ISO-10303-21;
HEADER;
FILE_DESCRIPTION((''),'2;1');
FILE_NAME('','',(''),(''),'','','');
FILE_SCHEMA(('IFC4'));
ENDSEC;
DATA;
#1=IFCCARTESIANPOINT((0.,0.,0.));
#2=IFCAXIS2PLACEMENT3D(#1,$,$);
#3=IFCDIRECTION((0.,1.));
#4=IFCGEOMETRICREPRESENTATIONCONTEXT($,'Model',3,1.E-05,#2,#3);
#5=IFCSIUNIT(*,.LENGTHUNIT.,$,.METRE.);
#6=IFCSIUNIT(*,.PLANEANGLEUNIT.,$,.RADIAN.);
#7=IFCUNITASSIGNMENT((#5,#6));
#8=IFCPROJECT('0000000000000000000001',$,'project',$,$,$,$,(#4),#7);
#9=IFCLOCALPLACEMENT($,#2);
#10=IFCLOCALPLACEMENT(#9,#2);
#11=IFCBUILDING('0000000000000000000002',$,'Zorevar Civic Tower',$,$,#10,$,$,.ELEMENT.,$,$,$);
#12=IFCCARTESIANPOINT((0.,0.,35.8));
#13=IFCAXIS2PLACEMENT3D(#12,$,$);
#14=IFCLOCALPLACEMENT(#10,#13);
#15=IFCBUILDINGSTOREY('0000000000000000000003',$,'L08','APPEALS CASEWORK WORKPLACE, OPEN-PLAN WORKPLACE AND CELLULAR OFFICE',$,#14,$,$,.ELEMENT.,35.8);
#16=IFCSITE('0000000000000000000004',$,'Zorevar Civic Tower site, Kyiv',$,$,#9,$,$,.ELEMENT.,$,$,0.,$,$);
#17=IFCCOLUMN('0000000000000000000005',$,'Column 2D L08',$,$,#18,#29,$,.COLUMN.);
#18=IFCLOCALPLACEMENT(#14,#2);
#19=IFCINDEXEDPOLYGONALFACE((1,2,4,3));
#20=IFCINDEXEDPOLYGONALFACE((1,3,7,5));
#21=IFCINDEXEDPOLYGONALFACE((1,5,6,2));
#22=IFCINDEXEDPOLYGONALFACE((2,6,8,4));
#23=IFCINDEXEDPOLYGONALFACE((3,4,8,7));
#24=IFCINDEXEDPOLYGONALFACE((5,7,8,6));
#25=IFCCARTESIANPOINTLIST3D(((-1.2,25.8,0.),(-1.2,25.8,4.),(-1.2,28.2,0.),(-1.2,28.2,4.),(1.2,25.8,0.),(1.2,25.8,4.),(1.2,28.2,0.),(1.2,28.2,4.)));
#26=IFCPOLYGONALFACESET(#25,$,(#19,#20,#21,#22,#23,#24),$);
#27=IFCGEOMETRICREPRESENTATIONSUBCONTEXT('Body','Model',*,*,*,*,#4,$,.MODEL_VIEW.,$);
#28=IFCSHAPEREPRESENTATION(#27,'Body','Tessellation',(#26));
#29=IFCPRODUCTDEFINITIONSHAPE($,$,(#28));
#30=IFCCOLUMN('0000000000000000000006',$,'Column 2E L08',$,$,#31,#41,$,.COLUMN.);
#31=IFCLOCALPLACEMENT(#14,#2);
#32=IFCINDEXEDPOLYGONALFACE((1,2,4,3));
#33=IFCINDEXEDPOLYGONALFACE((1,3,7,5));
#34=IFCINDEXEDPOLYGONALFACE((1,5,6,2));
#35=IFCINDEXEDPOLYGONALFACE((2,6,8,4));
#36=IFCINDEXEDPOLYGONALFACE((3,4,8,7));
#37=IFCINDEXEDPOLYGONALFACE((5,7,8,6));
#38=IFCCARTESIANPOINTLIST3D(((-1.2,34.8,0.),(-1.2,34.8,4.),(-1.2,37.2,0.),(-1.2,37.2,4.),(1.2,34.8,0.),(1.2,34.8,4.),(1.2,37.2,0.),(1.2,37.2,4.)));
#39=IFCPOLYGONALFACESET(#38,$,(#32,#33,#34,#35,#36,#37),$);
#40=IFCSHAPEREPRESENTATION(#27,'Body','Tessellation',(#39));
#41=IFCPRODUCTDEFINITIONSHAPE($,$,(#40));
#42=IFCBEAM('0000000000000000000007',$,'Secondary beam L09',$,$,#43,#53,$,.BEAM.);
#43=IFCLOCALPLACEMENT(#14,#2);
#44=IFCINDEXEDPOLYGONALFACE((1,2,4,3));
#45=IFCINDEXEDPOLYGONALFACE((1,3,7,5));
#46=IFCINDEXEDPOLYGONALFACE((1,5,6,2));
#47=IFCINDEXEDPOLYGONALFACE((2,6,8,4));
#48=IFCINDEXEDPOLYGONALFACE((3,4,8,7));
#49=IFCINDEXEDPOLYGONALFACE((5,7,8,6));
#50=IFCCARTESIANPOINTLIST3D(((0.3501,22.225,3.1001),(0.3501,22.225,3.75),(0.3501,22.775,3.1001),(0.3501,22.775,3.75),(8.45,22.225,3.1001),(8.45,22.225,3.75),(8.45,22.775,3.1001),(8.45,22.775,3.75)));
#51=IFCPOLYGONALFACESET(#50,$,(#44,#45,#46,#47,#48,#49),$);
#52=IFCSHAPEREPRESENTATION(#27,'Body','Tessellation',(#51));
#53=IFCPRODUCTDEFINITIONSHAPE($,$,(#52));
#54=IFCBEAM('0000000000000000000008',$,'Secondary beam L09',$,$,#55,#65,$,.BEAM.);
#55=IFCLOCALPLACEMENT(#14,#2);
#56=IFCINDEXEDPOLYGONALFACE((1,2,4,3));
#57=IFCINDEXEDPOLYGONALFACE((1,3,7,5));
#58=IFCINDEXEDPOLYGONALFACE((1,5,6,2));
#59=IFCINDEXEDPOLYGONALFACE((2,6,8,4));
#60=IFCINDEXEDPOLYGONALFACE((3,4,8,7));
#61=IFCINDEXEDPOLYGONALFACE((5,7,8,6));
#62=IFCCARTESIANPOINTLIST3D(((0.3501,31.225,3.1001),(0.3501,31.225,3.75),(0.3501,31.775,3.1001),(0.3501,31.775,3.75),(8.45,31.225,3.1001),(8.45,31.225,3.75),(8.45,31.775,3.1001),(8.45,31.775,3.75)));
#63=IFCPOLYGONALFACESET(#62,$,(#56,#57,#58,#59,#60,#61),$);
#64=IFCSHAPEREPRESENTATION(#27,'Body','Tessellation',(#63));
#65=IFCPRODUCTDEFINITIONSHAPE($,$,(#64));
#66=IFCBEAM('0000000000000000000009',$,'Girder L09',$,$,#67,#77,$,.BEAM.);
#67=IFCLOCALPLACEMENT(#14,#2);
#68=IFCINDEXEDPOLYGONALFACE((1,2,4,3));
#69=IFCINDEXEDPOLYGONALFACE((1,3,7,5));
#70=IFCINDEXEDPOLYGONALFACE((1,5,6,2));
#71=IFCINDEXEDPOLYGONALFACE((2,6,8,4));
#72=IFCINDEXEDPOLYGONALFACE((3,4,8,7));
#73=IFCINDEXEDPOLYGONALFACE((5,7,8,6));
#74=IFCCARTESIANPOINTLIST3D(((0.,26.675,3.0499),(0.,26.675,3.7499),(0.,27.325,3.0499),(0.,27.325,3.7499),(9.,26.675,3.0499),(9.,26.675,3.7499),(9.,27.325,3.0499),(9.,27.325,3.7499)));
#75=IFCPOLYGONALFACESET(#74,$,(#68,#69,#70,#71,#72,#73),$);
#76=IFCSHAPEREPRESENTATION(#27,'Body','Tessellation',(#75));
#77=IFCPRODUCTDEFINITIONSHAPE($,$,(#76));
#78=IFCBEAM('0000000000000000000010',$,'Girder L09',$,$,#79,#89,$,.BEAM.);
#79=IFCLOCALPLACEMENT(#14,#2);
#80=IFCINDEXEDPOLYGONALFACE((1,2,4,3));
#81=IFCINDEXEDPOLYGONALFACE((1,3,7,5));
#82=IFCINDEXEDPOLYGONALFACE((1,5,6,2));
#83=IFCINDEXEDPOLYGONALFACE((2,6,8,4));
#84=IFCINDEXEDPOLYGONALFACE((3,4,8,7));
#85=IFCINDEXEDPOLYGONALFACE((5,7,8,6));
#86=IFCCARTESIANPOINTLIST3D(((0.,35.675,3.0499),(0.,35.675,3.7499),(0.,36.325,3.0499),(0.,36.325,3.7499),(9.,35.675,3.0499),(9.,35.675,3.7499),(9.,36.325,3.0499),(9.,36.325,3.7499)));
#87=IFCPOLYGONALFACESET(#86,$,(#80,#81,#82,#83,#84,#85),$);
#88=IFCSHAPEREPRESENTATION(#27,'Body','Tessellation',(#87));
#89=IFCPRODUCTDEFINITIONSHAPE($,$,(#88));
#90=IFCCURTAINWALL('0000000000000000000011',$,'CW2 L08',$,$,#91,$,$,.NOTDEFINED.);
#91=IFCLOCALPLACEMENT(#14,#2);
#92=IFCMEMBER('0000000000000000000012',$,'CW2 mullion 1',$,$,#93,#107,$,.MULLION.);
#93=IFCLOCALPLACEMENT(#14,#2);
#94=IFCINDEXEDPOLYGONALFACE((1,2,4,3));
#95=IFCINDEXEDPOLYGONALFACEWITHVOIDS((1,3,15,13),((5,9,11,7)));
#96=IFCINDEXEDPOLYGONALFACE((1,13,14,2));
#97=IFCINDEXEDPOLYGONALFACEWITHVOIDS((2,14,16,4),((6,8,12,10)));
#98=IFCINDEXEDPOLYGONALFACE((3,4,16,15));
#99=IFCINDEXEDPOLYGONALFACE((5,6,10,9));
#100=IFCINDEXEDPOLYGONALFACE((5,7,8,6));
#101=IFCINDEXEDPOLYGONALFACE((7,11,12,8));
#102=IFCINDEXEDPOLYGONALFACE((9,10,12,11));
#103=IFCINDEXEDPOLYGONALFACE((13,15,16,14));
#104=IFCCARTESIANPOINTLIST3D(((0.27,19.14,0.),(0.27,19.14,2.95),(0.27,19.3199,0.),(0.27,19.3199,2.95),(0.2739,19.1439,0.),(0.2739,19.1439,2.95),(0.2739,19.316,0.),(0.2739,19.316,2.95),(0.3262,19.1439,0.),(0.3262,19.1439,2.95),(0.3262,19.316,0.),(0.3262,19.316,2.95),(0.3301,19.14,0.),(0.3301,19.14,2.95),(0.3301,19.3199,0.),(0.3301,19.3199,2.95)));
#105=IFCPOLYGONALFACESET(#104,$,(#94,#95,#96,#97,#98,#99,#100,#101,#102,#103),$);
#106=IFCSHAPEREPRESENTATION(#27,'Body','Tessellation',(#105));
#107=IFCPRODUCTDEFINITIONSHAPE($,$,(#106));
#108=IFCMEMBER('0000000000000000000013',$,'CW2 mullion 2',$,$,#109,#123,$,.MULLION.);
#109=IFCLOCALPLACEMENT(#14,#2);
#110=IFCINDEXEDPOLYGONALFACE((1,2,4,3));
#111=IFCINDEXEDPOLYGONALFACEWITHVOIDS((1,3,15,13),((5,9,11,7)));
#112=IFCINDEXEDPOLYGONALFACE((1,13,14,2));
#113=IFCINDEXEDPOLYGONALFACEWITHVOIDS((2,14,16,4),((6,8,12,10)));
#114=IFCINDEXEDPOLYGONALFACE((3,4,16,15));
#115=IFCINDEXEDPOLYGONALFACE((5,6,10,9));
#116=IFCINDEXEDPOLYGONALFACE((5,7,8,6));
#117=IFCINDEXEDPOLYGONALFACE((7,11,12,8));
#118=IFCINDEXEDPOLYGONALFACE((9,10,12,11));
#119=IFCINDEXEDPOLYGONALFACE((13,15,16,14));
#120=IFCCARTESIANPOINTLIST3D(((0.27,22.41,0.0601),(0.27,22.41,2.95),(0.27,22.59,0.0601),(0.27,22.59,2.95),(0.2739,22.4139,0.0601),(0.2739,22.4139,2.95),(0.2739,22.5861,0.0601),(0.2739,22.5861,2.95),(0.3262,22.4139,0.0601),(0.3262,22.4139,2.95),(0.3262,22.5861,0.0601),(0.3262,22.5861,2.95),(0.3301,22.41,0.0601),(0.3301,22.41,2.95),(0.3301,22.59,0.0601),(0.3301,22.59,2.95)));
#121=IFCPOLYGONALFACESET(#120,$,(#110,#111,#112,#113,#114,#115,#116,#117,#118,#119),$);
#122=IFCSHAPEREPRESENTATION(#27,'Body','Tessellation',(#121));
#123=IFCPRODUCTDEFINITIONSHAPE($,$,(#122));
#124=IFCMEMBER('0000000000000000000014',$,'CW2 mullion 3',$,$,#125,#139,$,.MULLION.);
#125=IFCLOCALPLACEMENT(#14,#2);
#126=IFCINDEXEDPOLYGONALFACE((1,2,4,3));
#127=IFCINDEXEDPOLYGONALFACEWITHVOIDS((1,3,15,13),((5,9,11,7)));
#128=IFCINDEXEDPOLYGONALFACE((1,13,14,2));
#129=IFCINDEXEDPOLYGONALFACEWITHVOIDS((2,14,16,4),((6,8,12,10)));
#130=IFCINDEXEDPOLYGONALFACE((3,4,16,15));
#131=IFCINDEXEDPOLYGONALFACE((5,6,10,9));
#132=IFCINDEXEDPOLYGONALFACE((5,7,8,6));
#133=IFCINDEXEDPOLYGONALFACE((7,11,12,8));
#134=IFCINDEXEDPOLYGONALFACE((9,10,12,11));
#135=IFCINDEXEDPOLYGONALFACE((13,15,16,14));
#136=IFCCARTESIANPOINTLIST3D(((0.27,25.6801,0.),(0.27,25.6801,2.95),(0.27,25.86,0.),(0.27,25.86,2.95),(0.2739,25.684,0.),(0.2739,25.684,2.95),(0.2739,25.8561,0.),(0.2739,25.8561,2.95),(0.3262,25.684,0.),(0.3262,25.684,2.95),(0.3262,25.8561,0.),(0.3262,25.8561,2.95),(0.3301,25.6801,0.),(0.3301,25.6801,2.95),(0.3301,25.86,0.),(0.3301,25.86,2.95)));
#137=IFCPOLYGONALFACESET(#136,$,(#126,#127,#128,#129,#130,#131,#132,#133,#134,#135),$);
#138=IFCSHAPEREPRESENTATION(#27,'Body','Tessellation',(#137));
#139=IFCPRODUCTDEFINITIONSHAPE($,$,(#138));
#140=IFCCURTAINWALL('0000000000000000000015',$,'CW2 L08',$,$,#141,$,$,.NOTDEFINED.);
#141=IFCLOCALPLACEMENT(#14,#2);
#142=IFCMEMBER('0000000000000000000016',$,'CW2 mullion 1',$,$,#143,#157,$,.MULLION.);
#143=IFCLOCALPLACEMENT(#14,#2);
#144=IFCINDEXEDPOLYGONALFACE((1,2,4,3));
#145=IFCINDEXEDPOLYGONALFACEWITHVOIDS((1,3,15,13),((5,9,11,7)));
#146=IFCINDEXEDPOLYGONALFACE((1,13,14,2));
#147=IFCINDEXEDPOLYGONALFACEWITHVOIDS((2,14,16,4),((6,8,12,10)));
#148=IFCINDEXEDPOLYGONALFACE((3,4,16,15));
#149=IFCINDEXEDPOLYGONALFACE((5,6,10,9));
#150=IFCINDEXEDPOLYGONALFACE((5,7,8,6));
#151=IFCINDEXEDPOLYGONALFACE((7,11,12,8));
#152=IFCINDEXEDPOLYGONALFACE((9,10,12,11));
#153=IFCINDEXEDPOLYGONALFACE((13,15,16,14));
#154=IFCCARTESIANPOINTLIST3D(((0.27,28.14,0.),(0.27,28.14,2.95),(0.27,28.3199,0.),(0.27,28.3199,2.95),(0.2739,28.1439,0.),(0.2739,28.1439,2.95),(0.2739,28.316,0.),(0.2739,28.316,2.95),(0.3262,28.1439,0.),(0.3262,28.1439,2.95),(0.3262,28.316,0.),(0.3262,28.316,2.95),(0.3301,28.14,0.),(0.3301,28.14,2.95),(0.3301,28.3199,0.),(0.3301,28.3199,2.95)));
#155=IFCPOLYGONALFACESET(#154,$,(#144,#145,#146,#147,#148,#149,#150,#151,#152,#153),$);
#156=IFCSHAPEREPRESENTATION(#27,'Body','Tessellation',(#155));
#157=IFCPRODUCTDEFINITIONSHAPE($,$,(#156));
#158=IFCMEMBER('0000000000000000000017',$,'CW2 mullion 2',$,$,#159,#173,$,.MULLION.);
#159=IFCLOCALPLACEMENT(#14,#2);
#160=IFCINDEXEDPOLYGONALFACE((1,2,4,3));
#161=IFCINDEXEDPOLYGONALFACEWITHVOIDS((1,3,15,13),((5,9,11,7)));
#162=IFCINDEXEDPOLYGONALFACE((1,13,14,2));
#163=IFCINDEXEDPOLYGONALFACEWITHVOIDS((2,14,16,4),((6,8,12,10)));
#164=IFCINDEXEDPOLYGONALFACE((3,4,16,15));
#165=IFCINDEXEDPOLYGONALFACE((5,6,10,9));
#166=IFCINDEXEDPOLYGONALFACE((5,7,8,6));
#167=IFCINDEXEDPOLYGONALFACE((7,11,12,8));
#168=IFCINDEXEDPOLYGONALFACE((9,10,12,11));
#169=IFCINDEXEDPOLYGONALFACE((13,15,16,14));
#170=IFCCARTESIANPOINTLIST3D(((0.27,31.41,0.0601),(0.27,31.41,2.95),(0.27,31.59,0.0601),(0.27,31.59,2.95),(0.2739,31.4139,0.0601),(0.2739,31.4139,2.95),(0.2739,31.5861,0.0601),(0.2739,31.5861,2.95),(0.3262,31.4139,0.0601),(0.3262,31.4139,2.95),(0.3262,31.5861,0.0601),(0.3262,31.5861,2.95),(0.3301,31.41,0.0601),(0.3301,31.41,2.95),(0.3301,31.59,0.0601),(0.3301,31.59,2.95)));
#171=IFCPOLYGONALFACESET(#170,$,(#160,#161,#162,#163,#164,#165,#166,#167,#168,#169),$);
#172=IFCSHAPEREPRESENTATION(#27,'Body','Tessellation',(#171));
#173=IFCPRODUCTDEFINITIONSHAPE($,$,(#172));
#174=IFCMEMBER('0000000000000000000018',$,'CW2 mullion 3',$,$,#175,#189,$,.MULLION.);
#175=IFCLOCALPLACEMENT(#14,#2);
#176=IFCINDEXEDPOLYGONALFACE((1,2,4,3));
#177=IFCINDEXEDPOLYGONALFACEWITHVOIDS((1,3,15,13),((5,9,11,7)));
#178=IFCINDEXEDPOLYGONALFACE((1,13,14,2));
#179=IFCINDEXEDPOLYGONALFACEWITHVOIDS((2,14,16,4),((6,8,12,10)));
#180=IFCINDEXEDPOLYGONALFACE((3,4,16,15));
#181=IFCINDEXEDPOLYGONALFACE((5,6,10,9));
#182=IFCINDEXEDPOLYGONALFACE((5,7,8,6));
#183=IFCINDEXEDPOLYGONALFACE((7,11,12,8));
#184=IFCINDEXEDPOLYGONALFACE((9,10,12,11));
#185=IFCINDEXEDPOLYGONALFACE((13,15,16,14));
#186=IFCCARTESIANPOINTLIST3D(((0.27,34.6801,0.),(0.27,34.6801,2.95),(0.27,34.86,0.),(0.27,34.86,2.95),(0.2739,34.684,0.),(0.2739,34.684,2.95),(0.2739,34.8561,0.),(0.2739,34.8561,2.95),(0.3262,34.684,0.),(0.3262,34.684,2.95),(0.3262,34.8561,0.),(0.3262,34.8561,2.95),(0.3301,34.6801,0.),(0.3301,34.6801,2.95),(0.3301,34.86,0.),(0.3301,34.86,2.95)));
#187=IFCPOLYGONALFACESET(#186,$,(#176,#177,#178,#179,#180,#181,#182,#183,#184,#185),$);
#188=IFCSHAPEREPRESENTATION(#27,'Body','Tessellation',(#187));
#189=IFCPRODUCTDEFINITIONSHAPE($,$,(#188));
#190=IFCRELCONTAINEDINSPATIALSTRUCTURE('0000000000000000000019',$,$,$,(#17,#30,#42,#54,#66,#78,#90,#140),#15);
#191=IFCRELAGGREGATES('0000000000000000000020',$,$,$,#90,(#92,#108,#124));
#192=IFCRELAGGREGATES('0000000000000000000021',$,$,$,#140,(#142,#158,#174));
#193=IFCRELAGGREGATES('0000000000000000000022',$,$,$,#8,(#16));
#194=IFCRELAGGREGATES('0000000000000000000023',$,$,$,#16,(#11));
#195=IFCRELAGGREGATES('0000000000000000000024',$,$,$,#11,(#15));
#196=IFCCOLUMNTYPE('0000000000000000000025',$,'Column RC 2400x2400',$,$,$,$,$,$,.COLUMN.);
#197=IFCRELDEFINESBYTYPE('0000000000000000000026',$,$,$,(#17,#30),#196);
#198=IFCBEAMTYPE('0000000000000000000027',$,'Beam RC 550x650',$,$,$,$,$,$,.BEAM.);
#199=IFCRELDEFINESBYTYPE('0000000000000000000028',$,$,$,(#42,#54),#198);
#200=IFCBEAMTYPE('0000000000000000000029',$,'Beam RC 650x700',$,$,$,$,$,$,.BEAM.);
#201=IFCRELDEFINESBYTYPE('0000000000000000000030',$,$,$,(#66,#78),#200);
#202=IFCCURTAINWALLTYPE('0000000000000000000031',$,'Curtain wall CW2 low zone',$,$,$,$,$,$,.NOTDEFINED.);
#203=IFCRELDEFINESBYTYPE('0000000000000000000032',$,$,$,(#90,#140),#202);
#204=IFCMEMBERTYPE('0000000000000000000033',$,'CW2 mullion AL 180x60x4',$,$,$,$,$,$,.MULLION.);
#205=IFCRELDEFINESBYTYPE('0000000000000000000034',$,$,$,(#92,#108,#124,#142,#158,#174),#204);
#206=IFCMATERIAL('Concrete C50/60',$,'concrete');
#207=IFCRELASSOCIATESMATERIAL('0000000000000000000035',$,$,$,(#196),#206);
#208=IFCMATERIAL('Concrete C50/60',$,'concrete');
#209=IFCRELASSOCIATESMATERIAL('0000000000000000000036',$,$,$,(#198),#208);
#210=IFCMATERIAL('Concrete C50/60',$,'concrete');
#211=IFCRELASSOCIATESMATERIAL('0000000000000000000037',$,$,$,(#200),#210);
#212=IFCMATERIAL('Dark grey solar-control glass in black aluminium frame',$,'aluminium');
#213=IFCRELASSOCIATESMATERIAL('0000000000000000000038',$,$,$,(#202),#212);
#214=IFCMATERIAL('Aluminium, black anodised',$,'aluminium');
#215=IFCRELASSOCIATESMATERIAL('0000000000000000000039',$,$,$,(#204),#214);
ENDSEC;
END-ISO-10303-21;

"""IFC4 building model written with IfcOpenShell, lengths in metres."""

from ifc_helpers import new_model, si_unit, direction, frame, origin, origin_2d, place, context, subcontext, project, spatial, rectangle, hollow_rectangle, extrude, material, material_profile, profile_set, type_object, element, aggregate, save


model = new_model("IFC4")

# Units and contexts
model_context = context("Model", 3, precision=1e-05, world=origin(), true_north=direction((0.0, 1.0)))
body_context = subcontext(model_context, "Body", "Model", "MODEL_VIEW")
ifc_project = project(units=[si_unit("LENGTHUNIT", "METRE"), si_unit("PLANEANGLEUNIT", "RADIAN")], contexts=[model_context])

# Site, building, storey
site_placement = place(None, origin())
site = spatial("IfcSite", under=ifc_project, at=site_placement, Name="Zorevar Civic Tower site, Kyiv", CompositionType="ELEMENT", RefElevation=0.0)
building_placement = place(site_placement, origin())
building = spatial("IfcBuilding", under=site, at=building_placement, Name="Zorevar Civic Tower", CompositionType="ELEMENT")
storey_placement = place(building_placement, frame((0.0, 0.0, 35.8)))
storey = spatial("IfcBuildingStorey", under=building, at=storey_placement, Name="L08", Description="APPEALS CASEWORK WORKPLACE, OPEN-PLAN WORKPLACE AND CELLULAR OFFICE", CompositionType="ELEMENT", Elevation=35.8)

# Columns
ifc_material_1 = material(Name="Concrete C50/60", Category="concrete")
ifc_material_profile_1 = material_profile(ifc_material_1, rectangle(XDim=2.3999, YDim=2.3999, at=origin_2d()), Name="RC 2400x2400")
ifc_profile_set_1 = profile_set([ifc_material_profile_1], Name="Concrete C50/60")
column_type = type_object("IfcColumnType", Name="Column RC 2400x2400", PredefinedType="COLUMN", material=ifc_profile_set_1)
for number, where, z_axis, x_axis, name in (
    (1, (0.0, 27.0, 0.0), (0.0, 0.0, 1.0), (1.0, 0.0, 0.0), "Column 2D L08"),
    (2, (0.0, 36.0, 0.0), (0.0, 0.0, 1.0), (1.0, 0.0, 0.0), "Column 2E L08"),
):
    element("IfcColumn", number, at=place(storey_placement, frame(where, z_axis=z_axis, x_axis=x_axis)), inside=storey, type_object=column_type, Name=name, PredefinedType="COLUMN", context=body_context, shape_type="SweptSolid", body=[
        extrude(rectangle(XDim=2.3999, YDim=2.3999, at=origin_2d()), origin(), (0.0, 0.0, 1.0), 4.0),
    ])

# Beams
ifc_material_2 = material(Name="Concrete C50/60", Category="concrete")
ifc_material_profile_2 = material_profile(ifc_material_2, rectangle(XDim=0.55, YDim=0.6499, at=origin_2d()), Name="RC 550x650")
ifc_profile_set_2 = profile_set([ifc_material_profile_2], Name="Concrete C50/60")
beam_type_1 = type_object("IfcBeamType", Name="Beam RC 550x650", PredefinedType="BEAM", material=ifc_profile_set_2)
for number, where, z_axis, x_axis, name in (
    (3, (0.3501, 22.5, 3.425), (1.0, 0.0, 0.0), (0.0, 1.0, 0.0), "Secondary beam L09"),
    (4, (0.3501, 31.5, 3.425), (1.0, 0.0, 0.0), (0.0, 1.0, 0.0), "Secondary beam L09"),
):
    element("IfcBeam", number, at=place(storey_placement, frame(where, z_axis=z_axis, x_axis=x_axis)), inside=storey, type_object=beam_type_1, Name=name, PredefinedType="BEAM", context=body_context, shape_type="SweptSolid", body=[
        extrude(rectangle(XDim=0.55, YDim=0.6499, at=origin_2d()), origin(), (0.0, 0.0, 1.0), 8.0999),
    ])
ifc_material_3 = material(Name="Concrete C50/60", Category="concrete")
ifc_material_profile_3 = material_profile(ifc_material_3, rectangle(XDim=0.6499, YDim=0.7, at=origin_2d()), Name="RC 650x700")
ifc_profile_set_3 = profile_set([ifc_material_profile_3], Name="Concrete C50/60")
beam_type_2 = type_object("IfcBeamType", Name="Beam RC 650x700", PredefinedType="BEAM", material=ifc_profile_set_3)
for number, where, z_axis, x_axis, name in (
    (5, (0.0, 27.0, 3.3999), (1.0, 0.0, 0.0), (0.0, 1.0, 0.0), "Girder L09"),
    (6, (0.0, 36.0, 3.3999), (1.0, 0.0, 0.0), (0.0, 1.0, 0.0), "Girder L09"),
):
    element("IfcBeam", number, at=place(storey_placement, frame(where, z_axis=z_axis, x_axis=x_axis)), inside=storey, type_object=beam_type_2, Name=name, PredefinedType="BEAM", context=body_context, shape_type="SweptSolid", body=[
        extrude(rectangle(XDim=0.6499, YDim=0.7, at=origin_2d()), origin(), (0.0, 0.0, 1.0), 9.0),
    ])

# Curtain walls, members
ifc_material_4 = material(Name="Dark grey solar-control glass in black aluminium frame", Category="aluminium")
curtain_wall_type = type_object("IfcCurtainWallType", Name="Curtain wall CW2 low zone", PredefinedType="NOTDEFINED", material=ifc_material_4)
curtain_wall_1_placement = place(storey_placement, origin())
curtain_wall_1 = element("IfcCurtainWall", 7, at=curtain_wall_1_placement, inside=storey, type_object=curtain_wall_type, Name="CW2 L08", PredefinedType="NOTDEFINED")
ifc_material_5 = material(Name="Aluminium, black anodised", Category="aluminium")
ifc_material_profile_4 = material_profile(ifc_material_5, hollow_rectangle(XDim=0.0601, YDim=0.1799, WallThickness=0.0039, at=origin_2d()), Name="AL 180x60x4")
ifc_profile_set_4 = profile_set([ifc_material_profile_4], Name="Aluminium, black anodised")
member_type_1 = type_object("IfcMemberType", Name="CW2 mullion AL 180x60x4", PredefinedType="MULLION", material=ifc_profile_set_4)
member_1_placement = place(storey_placement, frame((0.3, 19.23, 0.0), z_axis=(0.0, 0.0, 1.0), x_axis=(-1.0, 0.0, 0.0)))
member_1 = element("IfcMember", 8, at=member_1_placement, type_object=member_type_1, Name="CW2 mullion 1", PredefinedType="MULLION", context=body_context, shape_type="SweptSolid", body=[
    extrude(hollow_rectangle(XDim=0.0601, YDim=0.1799, WallThickness=0.0039, at=origin_2d()), origin(), (0.0, 0.0, 1.0), 2.95),
])
member_2_placement = place(storey_placement, frame((0.3, 22.5, 0.0601), z_axis=(0.0, 0.0, 1.0), x_axis=(-1.0, 0.0, 0.0)))
member_2 = element("IfcMember", 9, at=member_2_placement, type_object=member_type_1, Name="CW2 mullion 2", PredefinedType="MULLION", context=body_context, shape_type="SweptSolid", body=[
    extrude(hollow_rectangle(XDim=0.0601, YDim=0.1799, WallThickness=0.0039, at=origin_2d()), origin(), (0.0, 0.0, 1.0), 2.8899),
])
member_3_placement = place(storey_placement, frame((0.3, 25.77, 0.0), z_axis=(0.0, 0.0, 1.0), x_axis=(-1.0, 0.0, 0.0)))
member_3 = element("IfcMember", 10, at=member_3_placement, type_object=member_type_1, Name="CW2 mullion 3", PredefinedType="MULLION", context=body_context, shape_type="SweptSolid", body=[
    extrude(hollow_rectangle(XDim=0.0601, YDim=0.1799, WallThickness=0.0039, at=origin_2d()), origin(), (0.0, 0.0, 1.0), 2.95),
])
curtain_wall_2_placement = place(storey_placement, origin())
curtain_wall_2 = element("IfcCurtainWall", 11, at=curtain_wall_2_placement, inside=storey, type_object=curtain_wall_type, Name="CW2 L08", PredefinedType="NOTDEFINED")
member_4_placement = place(storey_placement, frame((0.3, 28.23, 0.0), z_axis=(0.0, 0.0, 1.0), x_axis=(-1.0, 0.0, 0.0)))
member_4 = element("IfcMember", 12, at=member_4_placement, type_object=member_type_1, Name="CW2 mullion 1", PredefinedType="MULLION", context=body_context, shape_type="SweptSolid", body=[
    extrude(hollow_rectangle(XDim=0.0601, YDim=0.1799, WallThickness=0.0039, at=origin_2d()), origin(), (0.0, 0.0, 1.0), 2.95),
])
member_5_placement = place(storey_placement, frame((0.3, 31.5, 0.0601), z_axis=(0.0, 0.0, 1.0), x_axis=(-1.0, 0.0, 0.0)))
member_5 = element("IfcMember", 13, at=member_5_placement, type_object=member_type_1, Name="CW2 mullion 2", PredefinedType="MULLION", context=body_context, shape_type="SweptSolid", body=[
    extrude(hollow_rectangle(XDim=0.0601, YDim=0.1799, WallThickness=0.0039, at=origin_2d()), origin(), (0.0, 0.0, 1.0), 2.8899),
])
member_6_placement = place(storey_placement, frame((0.3, 34.77, 0.0), z_axis=(0.0, 0.0, 1.0), x_axis=(-1.0, 0.0, 0.0)))
member_6 = element("IfcMember", 14, at=member_6_placement, type_object=member_type_1, Name="CW2 mullion 3", PredefinedType="MULLION", context=body_context, shape_type="SweptSolid", body=[
    extrude(hollow_rectangle(XDim=0.0601, YDim=0.1799, WallThickness=0.0039, at=origin_2d()), origin(), (0.0, 0.0, 1.0), 2.95),
])

aggregate(curtain_wall_1, [member_1, member_2, member_3])
aggregate(curtain_wall_2, [member_4, member_5, member_6])

save(model, "model.ifc")
